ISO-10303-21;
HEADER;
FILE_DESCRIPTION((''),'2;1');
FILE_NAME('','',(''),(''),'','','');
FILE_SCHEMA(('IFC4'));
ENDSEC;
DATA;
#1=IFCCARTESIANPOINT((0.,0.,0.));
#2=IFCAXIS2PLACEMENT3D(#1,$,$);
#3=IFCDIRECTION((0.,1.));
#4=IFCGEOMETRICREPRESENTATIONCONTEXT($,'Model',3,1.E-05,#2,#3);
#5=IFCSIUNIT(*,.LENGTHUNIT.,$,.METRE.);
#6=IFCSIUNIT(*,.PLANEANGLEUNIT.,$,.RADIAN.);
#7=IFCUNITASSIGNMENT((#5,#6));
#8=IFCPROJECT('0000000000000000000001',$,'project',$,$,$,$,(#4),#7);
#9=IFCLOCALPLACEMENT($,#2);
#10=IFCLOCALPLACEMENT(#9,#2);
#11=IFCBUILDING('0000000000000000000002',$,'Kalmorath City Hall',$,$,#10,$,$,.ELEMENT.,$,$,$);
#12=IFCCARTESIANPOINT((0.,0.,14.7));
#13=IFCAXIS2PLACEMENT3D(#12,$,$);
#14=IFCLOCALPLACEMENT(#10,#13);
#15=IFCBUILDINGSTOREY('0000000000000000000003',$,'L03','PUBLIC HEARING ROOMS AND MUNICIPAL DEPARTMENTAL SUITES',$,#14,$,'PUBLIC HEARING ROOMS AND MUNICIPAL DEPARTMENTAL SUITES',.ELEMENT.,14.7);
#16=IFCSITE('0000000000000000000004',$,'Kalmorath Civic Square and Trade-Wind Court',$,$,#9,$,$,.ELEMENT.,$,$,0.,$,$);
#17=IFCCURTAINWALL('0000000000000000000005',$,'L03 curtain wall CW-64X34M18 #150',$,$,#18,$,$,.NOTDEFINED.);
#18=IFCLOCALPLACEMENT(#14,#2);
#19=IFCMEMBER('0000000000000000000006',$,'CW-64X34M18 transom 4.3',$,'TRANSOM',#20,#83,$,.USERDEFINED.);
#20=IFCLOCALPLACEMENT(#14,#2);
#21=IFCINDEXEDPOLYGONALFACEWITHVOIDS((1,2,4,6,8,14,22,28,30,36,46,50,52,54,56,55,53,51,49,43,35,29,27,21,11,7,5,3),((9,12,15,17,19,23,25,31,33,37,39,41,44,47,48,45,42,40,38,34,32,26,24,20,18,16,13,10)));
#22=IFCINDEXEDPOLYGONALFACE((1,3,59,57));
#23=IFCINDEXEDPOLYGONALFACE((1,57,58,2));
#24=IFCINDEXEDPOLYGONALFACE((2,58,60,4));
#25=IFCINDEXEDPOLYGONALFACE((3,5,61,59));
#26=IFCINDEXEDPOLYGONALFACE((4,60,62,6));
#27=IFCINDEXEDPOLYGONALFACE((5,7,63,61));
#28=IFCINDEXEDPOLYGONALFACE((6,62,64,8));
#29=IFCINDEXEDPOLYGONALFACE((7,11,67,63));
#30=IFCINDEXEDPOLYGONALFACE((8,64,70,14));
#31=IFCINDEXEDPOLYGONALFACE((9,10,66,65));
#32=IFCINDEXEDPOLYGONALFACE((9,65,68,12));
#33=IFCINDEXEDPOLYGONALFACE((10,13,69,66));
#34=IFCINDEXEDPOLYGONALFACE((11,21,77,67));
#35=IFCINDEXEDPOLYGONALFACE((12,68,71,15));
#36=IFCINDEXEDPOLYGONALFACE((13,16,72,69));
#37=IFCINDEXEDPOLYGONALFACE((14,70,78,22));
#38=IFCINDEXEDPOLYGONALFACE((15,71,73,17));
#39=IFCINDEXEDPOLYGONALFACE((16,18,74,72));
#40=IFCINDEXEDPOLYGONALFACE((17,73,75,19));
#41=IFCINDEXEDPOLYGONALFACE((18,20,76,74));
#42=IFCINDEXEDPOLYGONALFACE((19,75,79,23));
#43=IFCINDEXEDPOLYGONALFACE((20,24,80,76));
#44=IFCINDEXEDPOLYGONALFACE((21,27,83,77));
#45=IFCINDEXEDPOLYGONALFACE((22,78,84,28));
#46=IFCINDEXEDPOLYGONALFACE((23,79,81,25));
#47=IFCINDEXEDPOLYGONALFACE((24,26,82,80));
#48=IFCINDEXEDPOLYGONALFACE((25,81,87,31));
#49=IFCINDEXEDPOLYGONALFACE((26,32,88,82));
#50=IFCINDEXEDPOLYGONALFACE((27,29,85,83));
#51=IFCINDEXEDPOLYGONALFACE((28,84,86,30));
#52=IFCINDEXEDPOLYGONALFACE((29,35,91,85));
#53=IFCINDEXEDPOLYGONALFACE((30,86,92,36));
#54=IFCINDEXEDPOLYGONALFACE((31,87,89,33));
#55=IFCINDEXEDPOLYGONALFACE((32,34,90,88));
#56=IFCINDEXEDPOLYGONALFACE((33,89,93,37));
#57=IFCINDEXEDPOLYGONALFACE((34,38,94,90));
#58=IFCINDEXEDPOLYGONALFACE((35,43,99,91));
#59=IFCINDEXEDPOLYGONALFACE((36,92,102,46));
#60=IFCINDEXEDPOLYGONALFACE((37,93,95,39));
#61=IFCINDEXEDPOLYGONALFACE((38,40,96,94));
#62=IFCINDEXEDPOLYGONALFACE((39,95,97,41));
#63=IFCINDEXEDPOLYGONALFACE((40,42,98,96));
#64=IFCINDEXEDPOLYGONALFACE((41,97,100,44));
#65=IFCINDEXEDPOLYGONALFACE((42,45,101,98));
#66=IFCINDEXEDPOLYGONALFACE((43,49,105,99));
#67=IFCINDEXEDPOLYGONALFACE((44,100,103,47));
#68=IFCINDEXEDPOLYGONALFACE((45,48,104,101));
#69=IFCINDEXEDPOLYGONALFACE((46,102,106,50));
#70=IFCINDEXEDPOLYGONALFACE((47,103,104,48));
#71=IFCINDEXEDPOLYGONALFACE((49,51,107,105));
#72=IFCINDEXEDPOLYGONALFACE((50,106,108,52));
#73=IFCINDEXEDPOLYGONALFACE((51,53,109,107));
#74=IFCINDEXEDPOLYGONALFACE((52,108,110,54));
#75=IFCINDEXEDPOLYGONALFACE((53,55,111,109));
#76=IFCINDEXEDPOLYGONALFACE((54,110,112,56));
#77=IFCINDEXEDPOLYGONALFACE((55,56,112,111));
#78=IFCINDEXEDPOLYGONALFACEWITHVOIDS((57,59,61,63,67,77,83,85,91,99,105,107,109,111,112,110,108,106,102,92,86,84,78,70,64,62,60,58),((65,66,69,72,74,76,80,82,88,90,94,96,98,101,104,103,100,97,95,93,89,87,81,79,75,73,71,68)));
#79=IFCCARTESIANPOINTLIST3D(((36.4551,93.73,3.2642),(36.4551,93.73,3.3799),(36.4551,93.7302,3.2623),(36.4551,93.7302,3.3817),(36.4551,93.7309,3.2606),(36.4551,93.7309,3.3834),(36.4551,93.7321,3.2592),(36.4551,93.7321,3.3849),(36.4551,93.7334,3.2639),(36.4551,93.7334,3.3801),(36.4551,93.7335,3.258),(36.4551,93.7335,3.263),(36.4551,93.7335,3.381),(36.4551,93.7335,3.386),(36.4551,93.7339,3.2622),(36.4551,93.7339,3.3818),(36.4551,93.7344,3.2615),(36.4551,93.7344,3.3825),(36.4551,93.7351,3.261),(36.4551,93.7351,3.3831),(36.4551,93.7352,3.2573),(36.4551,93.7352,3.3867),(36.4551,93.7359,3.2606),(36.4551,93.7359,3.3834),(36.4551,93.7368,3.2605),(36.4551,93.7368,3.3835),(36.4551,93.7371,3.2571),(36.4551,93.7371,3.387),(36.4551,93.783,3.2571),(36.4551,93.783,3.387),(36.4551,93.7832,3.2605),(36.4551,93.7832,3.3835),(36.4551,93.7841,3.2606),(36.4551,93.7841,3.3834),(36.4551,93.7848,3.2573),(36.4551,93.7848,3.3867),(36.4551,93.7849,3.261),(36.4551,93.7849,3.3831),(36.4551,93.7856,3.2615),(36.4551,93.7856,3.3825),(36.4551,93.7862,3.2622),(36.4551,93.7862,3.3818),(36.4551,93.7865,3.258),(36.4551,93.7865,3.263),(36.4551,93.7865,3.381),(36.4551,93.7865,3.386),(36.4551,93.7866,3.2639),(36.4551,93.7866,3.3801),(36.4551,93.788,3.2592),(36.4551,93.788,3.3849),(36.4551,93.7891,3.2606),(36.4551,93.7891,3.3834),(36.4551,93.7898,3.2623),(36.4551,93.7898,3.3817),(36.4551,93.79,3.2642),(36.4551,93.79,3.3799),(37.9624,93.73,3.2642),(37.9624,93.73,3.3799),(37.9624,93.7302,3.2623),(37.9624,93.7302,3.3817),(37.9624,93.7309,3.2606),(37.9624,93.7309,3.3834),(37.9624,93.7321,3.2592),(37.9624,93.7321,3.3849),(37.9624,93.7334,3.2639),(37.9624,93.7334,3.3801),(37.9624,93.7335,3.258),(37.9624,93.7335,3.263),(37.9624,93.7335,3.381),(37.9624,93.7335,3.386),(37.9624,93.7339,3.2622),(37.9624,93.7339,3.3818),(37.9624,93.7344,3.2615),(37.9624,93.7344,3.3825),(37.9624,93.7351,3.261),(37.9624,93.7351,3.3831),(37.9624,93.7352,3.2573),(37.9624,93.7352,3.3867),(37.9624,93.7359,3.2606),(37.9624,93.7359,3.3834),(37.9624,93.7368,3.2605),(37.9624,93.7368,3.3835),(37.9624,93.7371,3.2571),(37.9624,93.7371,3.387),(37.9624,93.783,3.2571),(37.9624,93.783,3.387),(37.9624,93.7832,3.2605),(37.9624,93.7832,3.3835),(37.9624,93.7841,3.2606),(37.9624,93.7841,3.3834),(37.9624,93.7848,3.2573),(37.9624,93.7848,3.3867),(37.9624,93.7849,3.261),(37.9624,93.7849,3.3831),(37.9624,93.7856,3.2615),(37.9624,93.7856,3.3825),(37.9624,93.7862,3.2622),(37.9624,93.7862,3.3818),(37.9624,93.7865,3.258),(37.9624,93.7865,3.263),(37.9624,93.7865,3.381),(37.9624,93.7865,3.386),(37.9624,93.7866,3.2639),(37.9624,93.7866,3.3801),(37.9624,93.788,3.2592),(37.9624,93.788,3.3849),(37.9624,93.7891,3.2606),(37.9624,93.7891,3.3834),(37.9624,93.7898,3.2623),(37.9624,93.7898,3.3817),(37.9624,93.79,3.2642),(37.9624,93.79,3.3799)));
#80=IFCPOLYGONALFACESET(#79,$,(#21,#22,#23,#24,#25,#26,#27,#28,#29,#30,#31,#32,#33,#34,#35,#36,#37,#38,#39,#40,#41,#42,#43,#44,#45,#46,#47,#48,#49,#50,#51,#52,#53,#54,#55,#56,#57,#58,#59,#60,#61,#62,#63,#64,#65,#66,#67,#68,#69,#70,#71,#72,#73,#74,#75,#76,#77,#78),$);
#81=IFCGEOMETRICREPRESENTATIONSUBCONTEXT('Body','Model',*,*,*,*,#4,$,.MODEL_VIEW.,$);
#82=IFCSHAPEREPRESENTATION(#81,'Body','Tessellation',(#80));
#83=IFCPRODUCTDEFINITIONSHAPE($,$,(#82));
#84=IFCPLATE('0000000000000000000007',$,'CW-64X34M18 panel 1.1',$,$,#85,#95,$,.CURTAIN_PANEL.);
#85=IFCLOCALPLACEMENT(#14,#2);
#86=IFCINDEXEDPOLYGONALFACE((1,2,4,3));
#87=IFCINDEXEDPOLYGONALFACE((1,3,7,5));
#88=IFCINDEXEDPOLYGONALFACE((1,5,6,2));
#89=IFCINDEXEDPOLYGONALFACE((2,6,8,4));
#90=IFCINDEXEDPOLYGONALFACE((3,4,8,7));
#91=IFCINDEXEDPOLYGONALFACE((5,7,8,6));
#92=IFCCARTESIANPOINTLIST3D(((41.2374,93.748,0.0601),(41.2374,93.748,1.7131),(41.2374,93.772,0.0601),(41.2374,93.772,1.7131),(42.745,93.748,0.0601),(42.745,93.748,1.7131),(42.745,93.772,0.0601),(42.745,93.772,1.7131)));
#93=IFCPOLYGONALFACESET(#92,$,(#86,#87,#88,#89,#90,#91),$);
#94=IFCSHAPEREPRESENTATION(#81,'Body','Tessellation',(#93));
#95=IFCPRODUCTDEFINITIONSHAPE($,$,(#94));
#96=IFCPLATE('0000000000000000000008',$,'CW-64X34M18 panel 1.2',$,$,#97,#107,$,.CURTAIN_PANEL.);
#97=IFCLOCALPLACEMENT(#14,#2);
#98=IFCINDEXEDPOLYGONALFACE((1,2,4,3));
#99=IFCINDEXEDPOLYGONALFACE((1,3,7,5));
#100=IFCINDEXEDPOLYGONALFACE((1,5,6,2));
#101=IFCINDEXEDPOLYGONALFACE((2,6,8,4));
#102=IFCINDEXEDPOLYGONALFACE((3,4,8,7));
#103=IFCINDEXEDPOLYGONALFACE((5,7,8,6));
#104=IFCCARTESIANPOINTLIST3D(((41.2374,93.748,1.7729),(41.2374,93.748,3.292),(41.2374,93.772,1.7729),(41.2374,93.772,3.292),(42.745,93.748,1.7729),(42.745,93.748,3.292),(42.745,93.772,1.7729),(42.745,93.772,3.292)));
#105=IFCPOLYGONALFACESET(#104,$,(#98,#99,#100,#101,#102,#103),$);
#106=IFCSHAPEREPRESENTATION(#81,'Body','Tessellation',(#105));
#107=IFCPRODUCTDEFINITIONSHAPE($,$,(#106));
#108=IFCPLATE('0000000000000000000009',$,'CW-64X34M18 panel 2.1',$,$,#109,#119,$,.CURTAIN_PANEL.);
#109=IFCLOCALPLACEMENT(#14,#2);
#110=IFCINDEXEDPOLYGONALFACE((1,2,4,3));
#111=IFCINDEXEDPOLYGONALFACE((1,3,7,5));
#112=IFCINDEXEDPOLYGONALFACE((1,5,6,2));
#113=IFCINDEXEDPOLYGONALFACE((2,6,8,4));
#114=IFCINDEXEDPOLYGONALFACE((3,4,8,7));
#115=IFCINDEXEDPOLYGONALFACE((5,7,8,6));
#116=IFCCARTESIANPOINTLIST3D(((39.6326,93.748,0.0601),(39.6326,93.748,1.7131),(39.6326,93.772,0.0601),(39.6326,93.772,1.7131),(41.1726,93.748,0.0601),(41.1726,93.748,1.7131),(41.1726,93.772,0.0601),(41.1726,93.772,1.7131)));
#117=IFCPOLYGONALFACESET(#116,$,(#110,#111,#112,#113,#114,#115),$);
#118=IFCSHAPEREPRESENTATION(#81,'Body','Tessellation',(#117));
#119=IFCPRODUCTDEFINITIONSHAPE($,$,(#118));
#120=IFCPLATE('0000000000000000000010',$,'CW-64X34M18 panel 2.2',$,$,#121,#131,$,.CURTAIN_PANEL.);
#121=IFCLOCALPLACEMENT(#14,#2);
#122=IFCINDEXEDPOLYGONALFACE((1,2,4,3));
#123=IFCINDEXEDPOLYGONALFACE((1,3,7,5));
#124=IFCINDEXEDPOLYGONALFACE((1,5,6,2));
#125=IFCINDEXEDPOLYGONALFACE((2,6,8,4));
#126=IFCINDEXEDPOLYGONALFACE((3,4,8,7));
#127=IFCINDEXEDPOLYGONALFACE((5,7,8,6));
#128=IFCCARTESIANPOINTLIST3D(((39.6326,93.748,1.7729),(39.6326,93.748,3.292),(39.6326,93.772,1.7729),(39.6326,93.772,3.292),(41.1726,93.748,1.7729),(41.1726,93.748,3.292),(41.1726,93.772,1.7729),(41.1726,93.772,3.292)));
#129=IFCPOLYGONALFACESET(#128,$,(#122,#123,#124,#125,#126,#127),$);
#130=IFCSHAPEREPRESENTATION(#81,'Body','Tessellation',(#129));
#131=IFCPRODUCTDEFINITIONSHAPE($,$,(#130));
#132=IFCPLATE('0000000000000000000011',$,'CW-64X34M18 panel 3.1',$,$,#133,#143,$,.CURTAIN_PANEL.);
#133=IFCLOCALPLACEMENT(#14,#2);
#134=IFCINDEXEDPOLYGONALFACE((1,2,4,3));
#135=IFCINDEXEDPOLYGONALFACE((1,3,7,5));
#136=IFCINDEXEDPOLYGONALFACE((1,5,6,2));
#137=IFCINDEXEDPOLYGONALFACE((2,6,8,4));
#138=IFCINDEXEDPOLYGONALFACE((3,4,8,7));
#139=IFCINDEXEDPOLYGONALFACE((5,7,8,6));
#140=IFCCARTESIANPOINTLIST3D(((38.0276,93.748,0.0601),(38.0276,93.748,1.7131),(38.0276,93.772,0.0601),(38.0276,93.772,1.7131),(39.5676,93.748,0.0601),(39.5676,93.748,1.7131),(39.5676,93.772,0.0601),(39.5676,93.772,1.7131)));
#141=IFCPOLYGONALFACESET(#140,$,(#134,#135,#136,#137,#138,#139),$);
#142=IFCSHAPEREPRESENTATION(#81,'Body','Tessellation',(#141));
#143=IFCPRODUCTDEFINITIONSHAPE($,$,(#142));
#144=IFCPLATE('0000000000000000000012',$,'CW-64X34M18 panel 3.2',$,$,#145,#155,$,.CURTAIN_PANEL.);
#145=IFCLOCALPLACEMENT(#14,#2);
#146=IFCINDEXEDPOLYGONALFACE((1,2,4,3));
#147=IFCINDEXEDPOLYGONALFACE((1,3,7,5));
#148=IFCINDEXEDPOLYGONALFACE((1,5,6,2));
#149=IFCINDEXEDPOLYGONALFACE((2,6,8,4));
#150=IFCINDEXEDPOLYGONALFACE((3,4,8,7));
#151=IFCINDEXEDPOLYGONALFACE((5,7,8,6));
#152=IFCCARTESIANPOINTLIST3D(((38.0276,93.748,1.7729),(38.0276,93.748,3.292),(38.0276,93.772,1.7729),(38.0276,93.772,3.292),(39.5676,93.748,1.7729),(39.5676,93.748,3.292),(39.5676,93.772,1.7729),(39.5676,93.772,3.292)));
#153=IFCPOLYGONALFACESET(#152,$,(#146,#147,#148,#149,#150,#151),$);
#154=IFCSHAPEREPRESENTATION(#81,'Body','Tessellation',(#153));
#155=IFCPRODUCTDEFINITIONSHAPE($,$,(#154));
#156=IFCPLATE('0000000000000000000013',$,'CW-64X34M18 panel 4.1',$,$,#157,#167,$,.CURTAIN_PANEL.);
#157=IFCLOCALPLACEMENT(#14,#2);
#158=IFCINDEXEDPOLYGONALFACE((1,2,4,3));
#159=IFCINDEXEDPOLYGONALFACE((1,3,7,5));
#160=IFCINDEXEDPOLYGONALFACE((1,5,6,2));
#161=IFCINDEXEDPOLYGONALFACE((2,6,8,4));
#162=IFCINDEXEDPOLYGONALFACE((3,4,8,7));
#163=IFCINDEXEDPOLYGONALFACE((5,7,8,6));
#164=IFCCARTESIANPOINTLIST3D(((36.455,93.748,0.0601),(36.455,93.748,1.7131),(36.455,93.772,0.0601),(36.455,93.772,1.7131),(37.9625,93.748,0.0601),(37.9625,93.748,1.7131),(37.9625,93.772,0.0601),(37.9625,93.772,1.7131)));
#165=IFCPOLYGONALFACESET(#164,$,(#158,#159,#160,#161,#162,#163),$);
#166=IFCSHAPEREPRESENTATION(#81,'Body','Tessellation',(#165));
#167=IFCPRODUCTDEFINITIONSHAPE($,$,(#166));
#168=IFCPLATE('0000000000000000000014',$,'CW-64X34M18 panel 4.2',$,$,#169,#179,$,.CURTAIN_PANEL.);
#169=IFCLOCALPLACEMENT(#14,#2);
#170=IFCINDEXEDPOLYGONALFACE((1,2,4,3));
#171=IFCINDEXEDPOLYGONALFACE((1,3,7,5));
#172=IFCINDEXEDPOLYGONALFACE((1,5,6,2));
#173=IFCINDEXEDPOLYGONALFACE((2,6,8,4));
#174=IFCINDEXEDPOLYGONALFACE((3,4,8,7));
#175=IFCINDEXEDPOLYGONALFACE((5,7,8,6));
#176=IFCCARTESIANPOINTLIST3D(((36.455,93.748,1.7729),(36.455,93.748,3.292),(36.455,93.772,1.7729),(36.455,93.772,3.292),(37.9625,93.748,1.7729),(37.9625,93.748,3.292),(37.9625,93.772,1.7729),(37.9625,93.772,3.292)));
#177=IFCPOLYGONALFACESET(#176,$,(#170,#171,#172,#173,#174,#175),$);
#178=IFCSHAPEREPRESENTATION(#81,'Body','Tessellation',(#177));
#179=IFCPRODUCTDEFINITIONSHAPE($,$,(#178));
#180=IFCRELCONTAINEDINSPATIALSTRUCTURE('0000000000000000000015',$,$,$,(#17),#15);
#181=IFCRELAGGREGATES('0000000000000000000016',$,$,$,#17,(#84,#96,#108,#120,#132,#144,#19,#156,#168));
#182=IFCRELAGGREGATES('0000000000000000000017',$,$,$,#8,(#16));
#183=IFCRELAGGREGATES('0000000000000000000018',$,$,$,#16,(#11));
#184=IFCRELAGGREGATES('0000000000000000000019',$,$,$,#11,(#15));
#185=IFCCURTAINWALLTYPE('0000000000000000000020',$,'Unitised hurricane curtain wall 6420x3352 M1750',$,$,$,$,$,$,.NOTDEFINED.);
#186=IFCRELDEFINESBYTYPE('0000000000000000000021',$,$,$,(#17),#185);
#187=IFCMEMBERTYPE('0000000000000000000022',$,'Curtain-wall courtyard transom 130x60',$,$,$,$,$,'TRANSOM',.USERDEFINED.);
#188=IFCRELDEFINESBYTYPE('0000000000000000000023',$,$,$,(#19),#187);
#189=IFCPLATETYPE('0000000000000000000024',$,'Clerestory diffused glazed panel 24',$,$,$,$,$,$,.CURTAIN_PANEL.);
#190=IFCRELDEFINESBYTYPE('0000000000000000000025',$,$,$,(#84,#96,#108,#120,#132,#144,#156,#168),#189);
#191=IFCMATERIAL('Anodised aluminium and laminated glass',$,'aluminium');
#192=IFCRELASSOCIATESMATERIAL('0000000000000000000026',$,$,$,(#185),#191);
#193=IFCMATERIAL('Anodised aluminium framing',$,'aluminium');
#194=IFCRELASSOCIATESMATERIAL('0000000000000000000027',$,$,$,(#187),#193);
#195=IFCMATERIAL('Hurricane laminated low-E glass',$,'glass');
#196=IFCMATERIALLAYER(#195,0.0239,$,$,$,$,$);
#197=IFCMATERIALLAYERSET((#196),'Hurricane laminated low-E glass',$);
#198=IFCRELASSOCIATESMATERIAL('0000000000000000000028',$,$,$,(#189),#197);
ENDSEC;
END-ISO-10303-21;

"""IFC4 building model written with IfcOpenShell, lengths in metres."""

from ifc_helpers import new_model, si_unit, direction, frame, origin, origin_2d, place, context, subcontext, project, spatial, rectangle, hollow_rectangle, extrude, material, layer, layer_set, material_profile, profile_set, type_object, element, aggregate, save


model = new_model("IFC4")

# Units and contexts
model_context = context("Model", 3, precision=1e-05, world=origin(), true_north=direction((0.0, 1.0)))
body_context = subcontext(model_context, "Body", "Model", "MODEL_VIEW")
ifc_project = project(units=[si_unit("LENGTHUNIT", "METRE"), si_unit("PLANEANGLEUNIT", "RADIAN")], contexts=[model_context])

# Site, building, storey
site_placement = place(None, origin())
site = spatial("IfcSite", under=ifc_project, at=site_placement, Name="Kalmorath Civic Square and Trade-Wind Court", CompositionType="ELEMENT", RefElevation=0.0)
building_placement = place(site_placement, origin())
building = spatial("IfcBuilding", under=site, at=building_placement, Name="Kalmorath City Hall", CompositionType="ELEMENT")
storey_placement = place(building_placement, frame((0.0, 0.0, 14.7)))
storey = spatial("IfcBuildingStorey", under=building, at=storey_placement, Name="L03", Description="PUBLIC HEARING ROOMS AND MUNICIPAL DEPARTMENTAL SUITES", LongName="PUBLIC HEARING ROOMS AND MUNICIPAL DEPARTMENTAL SUITES", CompositionType="ELEMENT", Elevation=14.7)

# Curtain wall, member, plates
ifc_material_1 = material(Name="Anodised aluminium and laminated glass", Category="aluminium")
curtain_wall_type = type_object("IfcCurtainWallType", Name="Unitised hurricane curtain wall 6420x3352 M1750", PredefinedType="NOTDEFINED", material=ifc_material_1)
curtain_wall_placement = place(storey_placement, origin())
curtain_wall = element("IfcCurtainWall", 1, at=curtain_wall_placement, inside=storey, type_object=curtain_wall_type, Name="L03 curtain wall CW-64X34M18 #150", PredefinedType="NOTDEFINED")
ifc_material_2 = material(Name="Anodised aluminium framing", Category="aluminium")
ifc_material_profile_1 = material_profile(ifc_material_2, hollow_rectangle(XDim=0.0601, YDim=0.1299, WallThickness=0.0034, InnerFilletRadius=0.0034, OuterFilletRadius=0.0071, at=origin_2d()), Name="ALU-TRN-130X60X3.5")
ifc_profile_set_1 = profile_set([ifc_material_profile_1], Name="Anodised aluminium framing")
member_type_1 = type_object("IfcMemberType", Name="Curtain-wall courtyard transom 130x60", ElementType="TRANSOM", PredefinedType="USERDEFINED", material=ifc_profile_set_1)
member_1_placement = place(storey_placement, frame((37.9624, 93.76, 3.322), z_axis=(-1.0, 0.0, 0.0), x_axis=(0.0, -1.0, 0.0)))
member_1 = element("IfcMember", 2, at=member_1_placement, type_object=member_type_1, Name="CW-64X34M18 transom 4.3", ObjectType="TRANSOM", PredefinedType="USERDEFINED", context=body_context, shape_type="SweptSolid", body=[
    extrude(hollow_rectangle(XDim=0.0601, YDim=0.1299, WallThickness=0.0034, InnerFilletRadius=0.0034, OuterFilletRadius=0.0071, at=origin_2d()), origin(), (0.0, 0.0, 1.0), 1.5073),
])
ifc_material_3 = material(Name="Hurricane laminated low-E glass", Category="glass")
ifc_layer = layer(ifc_material_3, 0.0239)
ifc_layer_set = layer_set([ifc_layer], Name="Hurricane laminated low-E glass")
plate_type = type_object("IfcPlateType", Name="Clerestory diffused glazed panel 24", PredefinedType="CURTAIN_PANEL", material=ifc_layer_set)
plate_1_placement = place(storey_placement, frame((41.9912, 93.76, 0.0601), z_axis=(0.0, 0.0, 1.0), x_axis=(-1.0, 0.0, 0.0)))
plate_1 = element("IfcPlate", 3, at=plate_1_placement, type_object=plate_type, Name="CW-64X34M18 panel 1.1", PredefinedType="CURTAIN_PANEL", context=body_context, shape_type="SweptSolid", body=[
    extrude(rectangle(XDim=1.5076, YDim=0.0239, at=origin_2d()), origin(), (0.0, 0.0, 1.0), 1.6531),
])
plate_2_placement = place(storey_placement, frame((41.9912, 93.76, 1.7729), z_axis=(0.0, 0.0, 1.0), x_axis=(-1.0, 0.0, 0.0)))
plate_2 = element("IfcPlate", 4, at=plate_2_placement, type_object=plate_type, Name="CW-64X34M18 panel 1.2", PredefinedType="CURTAIN_PANEL", context=body_context, shape_type="SweptSolid", body=[
    extrude(rectangle(XDim=1.5076, YDim=0.0239, at=origin_2d()), origin(), (0.0, 0.0, 1.0), 1.519),
])
plate_3_placement = place(storey_placement, frame((40.4026, 93.76, 0.0601), z_axis=(0.0, 0.0, 1.0), x_axis=(-1.0, 0.0, 0.0)))
plate_3 = element("IfcPlate", 5, at=plate_3_placement, type_object=plate_type, Name="CW-64X34M18 panel 2.1", PredefinedType="CURTAIN_PANEL", context=body_context, shape_type="SweptSolid", body=[
    extrude(rectangle(XDim=1.54, YDim=0.0239, at=origin_2d()), origin(), (0.0, 0.0, 1.0), 1.6531),
])
plate_4_placement = place(storey_placement, frame((40.4026, 93.76, 1.7729), z_axis=(0.0, 0.0, 1.0), x_axis=(-1.0, 0.0, 0.0)))
plate_4 = element("IfcPlate", 6, at=plate_4_placement, type_object=plate_type, Name="CW-64X34M18 panel 2.2", PredefinedType="CURTAIN_PANEL", context=body_context, shape_type="SweptSolid", body=[
    extrude(rectangle(XDim=1.54, YDim=0.0239, at=origin_2d()), origin(), (0.0, 0.0, 1.0), 1.519),
])
plate_5_placement = place(storey_placement, frame((38.7976, 93.76, 0.0601), z_axis=(0.0, 0.0, 1.0), x_axis=(-1.0, 0.0, 0.0)))
plate_5 = element("IfcPlate", 7, at=plate_5_placement, type_object=plate_type, Name="CW-64X34M18 panel 3.1", PredefinedType="CURTAIN_PANEL", context=body_context, shape_type="SweptSolid", body=[
    extrude(rectangle(XDim=1.54, YDim=0.0239, at=origin_2d()), origin(), (0.0, 0.0, 1.0), 1.6531),
])
plate_6_placement = place(storey_placement, frame((38.7976, 93.76, 1.7729), z_axis=(0.0, 0.0, 1.0), x_axis=(-1.0, 0.0, 0.0)))
plate_6 = element("IfcPlate", 8, at=plate_6_placement, type_object=plate_type, Name="CW-64X34M18 panel 3.2", PredefinedType="CURTAIN_PANEL", context=body_context, shape_type="SweptSolid", body=[
    extrude(rectangle(XDim=1.54, YDim=0.0239, at=origin_2d()), origin(), (0.0, 0.0, 1.0), 1.519),
])
plate_7_placement = place(storey_placement, frame((37.2087, 93.76, 0.0601), z_axis=(0.0, 0.0, 1.0), x_axis=(-1.0, 0.0, 0.0)))
plate_7 = element("IfcPlate", 9, at=plate_7_placement, type_object=plate_type, Name="CW-64X34M18 panel 4.1", PredefinedType="CURTAIN_PANEL", context=body_context, shape_type="SweptSolid", body=[
    extrude(rectangle(XDim=1.5076, YDim=0.0239, at=origin_2d()), origin(), (0.0, 0.0, 1.0), 1.6531),
])
plate_8_placement = place(storey_placement, frame((37.2087, 93.76, 1.7729), z_axis=(0.0, 0.0, 1.0), x_axis=(-1.0, 0.0, 0.0)))
plate_8 = element("IfcPlate", 10, at=plate_8_placement, type_object=plate_type, Name="CW-64X34M18 panel 4.2", PredefinedType="CURTAIN_PANEL", context=body_context, shape_type="SweptSolid", body=[
    extrude(rectangle(XDim=1.5076, YDim=0.0239, at=origin_2d()), origin(), (0.0, 0.0, 1.0), 1.519),
])
aggregate(curtain_wall, [plate_1, plate_2, plate_3, plate_4, plate_5, plate_6, member_1, plate_7, plate_8])

save(model, "model.ifc")
